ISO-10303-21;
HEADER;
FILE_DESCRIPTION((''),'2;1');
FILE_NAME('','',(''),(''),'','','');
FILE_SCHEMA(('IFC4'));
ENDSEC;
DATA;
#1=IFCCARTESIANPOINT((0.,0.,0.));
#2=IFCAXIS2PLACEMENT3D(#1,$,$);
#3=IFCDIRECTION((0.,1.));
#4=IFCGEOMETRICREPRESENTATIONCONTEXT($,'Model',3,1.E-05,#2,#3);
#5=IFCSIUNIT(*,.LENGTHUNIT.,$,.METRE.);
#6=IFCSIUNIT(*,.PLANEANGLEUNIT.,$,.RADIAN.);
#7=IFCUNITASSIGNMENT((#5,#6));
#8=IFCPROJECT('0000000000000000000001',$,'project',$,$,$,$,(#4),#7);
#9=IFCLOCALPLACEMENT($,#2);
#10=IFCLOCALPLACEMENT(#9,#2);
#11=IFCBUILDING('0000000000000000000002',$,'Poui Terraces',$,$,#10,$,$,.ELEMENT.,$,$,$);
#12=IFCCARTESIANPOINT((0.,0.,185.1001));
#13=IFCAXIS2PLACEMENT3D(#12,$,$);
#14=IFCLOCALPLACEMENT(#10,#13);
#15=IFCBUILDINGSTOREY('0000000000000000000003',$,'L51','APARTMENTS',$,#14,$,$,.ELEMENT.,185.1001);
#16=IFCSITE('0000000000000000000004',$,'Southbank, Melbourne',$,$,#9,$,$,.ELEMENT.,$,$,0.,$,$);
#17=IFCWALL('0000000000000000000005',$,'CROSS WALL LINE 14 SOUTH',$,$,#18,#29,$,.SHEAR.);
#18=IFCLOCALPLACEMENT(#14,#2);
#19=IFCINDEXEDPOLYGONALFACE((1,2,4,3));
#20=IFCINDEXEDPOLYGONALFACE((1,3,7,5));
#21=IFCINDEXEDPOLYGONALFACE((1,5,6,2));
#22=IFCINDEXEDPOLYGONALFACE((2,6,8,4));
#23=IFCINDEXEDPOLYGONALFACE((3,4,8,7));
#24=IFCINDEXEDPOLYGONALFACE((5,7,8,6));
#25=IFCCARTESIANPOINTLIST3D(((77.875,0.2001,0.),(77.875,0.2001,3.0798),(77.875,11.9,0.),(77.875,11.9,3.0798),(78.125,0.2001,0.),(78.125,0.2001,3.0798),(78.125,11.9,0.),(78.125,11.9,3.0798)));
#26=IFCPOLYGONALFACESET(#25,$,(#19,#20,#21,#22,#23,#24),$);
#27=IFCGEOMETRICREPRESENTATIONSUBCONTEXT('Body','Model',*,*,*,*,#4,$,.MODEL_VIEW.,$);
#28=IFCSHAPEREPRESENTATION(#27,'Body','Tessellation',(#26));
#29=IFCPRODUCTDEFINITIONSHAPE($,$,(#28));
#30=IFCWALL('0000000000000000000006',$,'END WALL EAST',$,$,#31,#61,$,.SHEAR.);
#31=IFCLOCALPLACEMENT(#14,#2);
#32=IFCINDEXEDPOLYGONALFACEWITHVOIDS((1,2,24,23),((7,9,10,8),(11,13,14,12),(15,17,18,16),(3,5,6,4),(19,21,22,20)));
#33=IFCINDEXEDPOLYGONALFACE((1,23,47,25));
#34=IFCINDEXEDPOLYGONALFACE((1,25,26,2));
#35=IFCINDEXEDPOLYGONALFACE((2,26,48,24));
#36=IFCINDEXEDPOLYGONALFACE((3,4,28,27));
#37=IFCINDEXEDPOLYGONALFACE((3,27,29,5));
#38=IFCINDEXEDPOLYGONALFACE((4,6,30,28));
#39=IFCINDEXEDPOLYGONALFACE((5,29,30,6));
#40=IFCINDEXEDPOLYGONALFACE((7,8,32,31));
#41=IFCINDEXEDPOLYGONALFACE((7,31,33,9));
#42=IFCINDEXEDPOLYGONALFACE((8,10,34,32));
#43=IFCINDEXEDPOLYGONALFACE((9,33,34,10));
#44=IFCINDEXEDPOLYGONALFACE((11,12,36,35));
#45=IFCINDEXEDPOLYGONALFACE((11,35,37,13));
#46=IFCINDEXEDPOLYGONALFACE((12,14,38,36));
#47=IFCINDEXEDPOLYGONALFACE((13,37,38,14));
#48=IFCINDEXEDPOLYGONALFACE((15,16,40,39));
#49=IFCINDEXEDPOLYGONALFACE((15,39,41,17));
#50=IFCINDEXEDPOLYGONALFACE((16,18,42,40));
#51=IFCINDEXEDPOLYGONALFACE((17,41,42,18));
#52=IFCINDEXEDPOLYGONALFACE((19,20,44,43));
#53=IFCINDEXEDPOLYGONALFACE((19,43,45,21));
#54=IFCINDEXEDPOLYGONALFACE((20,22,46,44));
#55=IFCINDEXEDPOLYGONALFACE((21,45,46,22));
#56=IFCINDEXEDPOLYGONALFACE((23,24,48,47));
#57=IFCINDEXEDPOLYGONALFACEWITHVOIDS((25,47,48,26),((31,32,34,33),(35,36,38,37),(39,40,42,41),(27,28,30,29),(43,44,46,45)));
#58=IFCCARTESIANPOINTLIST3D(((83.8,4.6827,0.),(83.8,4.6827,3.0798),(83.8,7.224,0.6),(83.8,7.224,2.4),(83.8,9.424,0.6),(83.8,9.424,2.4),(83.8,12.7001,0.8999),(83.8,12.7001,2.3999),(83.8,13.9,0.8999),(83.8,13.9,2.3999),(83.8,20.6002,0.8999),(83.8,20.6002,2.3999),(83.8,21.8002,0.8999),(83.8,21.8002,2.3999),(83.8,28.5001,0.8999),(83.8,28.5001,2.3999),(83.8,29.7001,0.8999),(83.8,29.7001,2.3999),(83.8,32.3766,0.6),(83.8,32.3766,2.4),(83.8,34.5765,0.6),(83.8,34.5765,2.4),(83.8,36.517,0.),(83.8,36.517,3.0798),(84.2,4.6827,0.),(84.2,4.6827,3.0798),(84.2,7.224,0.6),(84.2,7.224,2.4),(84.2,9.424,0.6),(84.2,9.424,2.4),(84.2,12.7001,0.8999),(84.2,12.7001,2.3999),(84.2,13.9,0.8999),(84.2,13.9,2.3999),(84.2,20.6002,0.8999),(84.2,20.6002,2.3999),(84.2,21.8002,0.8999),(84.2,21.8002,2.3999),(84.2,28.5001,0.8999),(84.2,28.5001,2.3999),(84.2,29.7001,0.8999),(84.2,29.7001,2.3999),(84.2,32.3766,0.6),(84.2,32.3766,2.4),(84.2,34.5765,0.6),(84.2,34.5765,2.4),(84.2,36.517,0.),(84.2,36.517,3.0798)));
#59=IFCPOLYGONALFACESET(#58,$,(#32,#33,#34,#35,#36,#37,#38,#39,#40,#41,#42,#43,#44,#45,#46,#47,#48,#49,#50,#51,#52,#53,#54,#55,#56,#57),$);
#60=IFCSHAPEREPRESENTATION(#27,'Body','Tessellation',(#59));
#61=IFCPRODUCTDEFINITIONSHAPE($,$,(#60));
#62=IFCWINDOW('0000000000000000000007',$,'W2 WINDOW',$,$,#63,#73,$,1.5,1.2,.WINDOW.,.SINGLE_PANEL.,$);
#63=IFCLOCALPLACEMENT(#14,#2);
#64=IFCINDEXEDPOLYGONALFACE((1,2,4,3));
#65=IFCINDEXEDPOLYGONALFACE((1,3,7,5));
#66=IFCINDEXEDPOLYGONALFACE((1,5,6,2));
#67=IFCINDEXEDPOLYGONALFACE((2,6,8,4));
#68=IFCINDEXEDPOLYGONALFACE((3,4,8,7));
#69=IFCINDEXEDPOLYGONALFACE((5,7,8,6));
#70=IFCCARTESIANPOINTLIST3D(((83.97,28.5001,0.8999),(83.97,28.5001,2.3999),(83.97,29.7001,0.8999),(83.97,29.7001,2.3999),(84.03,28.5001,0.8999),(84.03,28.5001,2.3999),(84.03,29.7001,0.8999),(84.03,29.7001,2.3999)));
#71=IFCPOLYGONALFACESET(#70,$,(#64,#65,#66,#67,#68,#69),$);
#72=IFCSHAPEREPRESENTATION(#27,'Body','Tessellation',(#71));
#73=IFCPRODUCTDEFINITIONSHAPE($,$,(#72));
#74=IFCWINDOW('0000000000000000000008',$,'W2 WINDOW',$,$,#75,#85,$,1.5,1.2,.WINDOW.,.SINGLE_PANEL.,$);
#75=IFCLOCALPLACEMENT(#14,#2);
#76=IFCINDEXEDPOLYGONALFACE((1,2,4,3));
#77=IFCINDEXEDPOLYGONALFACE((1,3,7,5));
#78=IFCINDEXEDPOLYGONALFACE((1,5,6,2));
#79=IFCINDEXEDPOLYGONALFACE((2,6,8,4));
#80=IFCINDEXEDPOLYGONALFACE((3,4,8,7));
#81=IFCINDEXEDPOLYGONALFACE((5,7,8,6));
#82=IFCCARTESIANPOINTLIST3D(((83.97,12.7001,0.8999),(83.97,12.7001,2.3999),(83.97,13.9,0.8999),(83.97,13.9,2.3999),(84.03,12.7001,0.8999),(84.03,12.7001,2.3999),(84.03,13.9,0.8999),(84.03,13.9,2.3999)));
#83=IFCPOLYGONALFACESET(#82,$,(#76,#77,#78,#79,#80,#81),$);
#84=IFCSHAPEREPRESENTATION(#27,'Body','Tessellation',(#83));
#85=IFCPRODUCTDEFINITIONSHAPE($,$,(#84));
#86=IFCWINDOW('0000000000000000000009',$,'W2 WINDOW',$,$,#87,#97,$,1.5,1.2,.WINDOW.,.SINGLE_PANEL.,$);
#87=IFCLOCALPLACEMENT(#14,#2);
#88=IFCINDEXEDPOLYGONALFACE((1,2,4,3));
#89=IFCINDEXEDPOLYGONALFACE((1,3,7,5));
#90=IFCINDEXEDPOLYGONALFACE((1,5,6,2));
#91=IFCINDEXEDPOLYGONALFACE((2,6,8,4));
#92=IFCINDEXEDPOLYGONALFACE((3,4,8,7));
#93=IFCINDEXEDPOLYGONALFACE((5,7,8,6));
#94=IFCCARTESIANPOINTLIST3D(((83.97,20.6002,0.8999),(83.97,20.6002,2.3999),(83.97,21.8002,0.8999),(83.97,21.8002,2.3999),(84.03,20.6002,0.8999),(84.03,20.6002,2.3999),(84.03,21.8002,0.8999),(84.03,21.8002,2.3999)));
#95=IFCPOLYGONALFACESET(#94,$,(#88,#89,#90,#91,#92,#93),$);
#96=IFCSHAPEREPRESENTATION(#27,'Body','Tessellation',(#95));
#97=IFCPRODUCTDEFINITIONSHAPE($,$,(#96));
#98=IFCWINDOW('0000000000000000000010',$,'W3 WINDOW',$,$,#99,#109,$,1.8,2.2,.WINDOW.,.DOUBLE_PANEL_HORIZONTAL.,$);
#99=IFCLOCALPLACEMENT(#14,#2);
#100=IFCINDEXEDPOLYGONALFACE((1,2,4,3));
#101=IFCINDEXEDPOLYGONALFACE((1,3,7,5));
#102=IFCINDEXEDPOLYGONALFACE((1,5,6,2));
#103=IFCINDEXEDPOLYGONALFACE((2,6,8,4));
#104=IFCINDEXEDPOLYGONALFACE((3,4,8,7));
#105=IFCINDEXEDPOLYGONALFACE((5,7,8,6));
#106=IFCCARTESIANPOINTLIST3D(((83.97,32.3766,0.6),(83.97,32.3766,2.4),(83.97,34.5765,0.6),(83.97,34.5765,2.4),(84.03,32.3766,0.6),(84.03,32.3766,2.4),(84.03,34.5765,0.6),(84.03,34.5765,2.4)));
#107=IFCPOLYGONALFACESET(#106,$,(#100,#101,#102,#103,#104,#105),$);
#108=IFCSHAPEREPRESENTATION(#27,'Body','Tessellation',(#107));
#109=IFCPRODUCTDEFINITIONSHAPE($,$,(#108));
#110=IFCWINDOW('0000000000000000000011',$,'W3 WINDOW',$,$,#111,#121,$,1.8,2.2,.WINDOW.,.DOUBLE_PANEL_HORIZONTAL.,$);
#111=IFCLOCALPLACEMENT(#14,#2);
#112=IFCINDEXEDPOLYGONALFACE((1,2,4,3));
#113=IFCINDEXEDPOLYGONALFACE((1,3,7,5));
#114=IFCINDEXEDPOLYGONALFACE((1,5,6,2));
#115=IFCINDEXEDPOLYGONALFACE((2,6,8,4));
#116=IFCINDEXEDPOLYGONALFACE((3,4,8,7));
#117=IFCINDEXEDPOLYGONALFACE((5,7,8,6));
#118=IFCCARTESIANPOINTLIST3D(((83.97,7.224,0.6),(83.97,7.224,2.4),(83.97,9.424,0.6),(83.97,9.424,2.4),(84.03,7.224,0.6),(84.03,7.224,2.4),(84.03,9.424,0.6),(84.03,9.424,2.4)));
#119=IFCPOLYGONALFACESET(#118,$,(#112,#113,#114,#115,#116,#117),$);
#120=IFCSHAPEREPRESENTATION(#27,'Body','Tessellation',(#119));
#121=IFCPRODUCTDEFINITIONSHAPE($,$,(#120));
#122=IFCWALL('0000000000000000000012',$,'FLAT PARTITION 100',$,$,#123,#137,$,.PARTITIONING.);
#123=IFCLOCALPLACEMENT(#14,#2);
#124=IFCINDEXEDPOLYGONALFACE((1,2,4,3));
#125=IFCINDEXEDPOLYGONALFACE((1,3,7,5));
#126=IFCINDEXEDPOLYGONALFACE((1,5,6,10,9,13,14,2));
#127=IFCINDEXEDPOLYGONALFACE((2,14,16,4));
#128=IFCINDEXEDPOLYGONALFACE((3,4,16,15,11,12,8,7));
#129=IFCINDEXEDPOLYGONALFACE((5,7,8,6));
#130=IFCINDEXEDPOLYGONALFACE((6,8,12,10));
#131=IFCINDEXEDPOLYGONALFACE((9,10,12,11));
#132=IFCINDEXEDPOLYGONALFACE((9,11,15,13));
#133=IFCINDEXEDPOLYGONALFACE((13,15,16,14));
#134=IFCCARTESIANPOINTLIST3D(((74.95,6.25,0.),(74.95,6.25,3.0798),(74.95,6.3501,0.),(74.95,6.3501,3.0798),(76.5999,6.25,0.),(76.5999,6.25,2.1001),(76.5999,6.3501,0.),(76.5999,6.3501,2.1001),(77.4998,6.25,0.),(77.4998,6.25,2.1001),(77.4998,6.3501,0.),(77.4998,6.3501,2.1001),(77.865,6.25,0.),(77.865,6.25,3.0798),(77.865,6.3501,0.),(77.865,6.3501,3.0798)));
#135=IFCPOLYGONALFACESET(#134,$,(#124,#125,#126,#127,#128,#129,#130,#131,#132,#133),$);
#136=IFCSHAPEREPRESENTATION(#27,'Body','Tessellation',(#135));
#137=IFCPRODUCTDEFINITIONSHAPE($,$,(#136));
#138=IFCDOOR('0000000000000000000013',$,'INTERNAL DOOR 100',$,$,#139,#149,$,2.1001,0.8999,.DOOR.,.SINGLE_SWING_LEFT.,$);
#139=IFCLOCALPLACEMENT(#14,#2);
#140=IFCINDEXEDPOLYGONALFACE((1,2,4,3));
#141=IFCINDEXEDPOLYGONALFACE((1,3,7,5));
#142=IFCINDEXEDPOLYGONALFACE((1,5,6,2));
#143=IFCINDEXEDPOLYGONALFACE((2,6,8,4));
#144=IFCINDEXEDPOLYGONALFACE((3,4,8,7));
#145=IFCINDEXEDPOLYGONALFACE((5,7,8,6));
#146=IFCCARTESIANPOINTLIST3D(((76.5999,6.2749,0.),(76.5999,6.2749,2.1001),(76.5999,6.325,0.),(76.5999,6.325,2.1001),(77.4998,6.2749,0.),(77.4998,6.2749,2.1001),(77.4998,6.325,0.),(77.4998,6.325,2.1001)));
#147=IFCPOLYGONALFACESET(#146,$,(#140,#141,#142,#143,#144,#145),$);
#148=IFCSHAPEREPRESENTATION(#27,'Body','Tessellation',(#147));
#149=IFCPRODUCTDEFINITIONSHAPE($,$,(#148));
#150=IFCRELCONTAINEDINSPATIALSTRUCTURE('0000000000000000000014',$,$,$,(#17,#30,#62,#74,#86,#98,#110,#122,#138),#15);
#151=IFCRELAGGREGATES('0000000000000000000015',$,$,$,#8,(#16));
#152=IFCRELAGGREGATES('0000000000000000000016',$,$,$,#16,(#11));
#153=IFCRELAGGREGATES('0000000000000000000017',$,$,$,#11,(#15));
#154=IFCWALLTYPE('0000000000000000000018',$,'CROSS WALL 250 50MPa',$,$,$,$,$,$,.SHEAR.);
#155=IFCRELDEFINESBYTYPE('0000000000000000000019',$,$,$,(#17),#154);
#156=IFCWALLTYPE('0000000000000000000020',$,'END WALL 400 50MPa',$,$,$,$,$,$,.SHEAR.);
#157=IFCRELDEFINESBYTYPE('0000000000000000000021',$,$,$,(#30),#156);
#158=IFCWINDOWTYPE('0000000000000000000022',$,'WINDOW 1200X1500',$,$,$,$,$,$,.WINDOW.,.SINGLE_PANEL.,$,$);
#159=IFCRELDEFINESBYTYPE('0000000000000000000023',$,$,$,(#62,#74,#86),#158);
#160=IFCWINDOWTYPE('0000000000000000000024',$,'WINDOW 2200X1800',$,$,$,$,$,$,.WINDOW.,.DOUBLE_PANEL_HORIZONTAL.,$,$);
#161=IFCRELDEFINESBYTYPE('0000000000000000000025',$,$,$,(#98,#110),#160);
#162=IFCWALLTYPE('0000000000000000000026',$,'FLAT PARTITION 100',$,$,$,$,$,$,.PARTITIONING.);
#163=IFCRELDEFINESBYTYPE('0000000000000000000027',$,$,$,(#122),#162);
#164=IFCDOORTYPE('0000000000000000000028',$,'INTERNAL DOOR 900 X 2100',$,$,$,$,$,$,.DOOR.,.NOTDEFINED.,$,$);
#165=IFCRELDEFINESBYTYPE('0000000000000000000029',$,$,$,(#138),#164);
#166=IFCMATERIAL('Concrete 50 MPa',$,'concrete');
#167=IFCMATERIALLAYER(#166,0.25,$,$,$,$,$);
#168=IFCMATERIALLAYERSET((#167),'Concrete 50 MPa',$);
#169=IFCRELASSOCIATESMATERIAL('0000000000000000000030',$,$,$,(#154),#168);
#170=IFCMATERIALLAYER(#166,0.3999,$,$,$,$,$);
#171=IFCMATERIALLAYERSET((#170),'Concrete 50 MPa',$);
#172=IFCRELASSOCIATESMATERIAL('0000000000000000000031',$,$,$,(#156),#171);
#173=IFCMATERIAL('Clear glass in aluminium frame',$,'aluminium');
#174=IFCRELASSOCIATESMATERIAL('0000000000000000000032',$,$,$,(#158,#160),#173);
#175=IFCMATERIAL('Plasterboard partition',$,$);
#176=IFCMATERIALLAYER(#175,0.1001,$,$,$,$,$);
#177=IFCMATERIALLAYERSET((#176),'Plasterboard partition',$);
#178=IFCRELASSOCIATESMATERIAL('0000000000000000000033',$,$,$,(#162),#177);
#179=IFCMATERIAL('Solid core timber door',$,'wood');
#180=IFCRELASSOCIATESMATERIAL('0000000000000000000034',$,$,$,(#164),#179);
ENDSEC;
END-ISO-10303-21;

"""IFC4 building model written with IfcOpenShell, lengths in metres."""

from ifc_helpers import new_model, si_unit, direction, frame, frame_2d, origin, place, context, subcontext, project, spatial, rectangle, extrude, material, layer, layer_set, type_object, element, fill, save


model = new_model("IFC4")

# Units and contexts
model_context = context("Model", 3, precision=1e-05, world=origin(), true_north=direction((0.0, 1.0)))
body_context = subcontext(model_context, "Body", "Model", "MODEL_VIEW")
ifc_project = project(units=[si_unit("LENGTHUNIT", "METRE"), si_unit("PLANEANGLEUNIT", "RADIAN")], contexts=[model_context])

# Site, building, storey
site_placement = place(None, origin())
site = spatial("IfcSite", under=ifc_project, at=site_placement, Name="Southbank, Melbourne", CompositionType="ELEMENT", RefElevation=0.0)
building_placement = place(site_placement, origin())
building = spatial("IfcBuilding", under=site, at=building_placement, Name="Poui Terraces", CompositionType="ELEMENT")
storey_placement = place(building_placement, frame((0.0, 0.0, 185.1001)))
storey = spatial("IfcBuildingStorey", under=building, at=storey_placement, Name="L51", Description="APARTMENTS", CompositionType="ELEMENT", Elevation=185.1001)

# Wall
ifc_material_1 = material(Name="Concrete 50 MPa", Category="concrete")
ifc_layer_1 = layer(ifc_material_1, 0.25)
ifc_layer_set_1 = layer_set([ifc_layer_1], Name="Concrete 50 MPa")
wall_type_1 = type_object("IfcWallType", Name="CROSS WALL 250 50MPa", PredefinedType="SHEAR", material=ifc_layer_set_1)
wall_1_placement = place(storey_placement, frame((78.0, 0.2, 0.0), z_axis=(0.0, 0.0, 1.0), x_axis=(0.0, 1.0, 0.0)))
element("IfcWall", 1, at=wall_1_placement, inside=storey, type_object=wall_type_1, Name="CROSS WALL LINE 14 SOUTH", PredefinedType="SHEAR", context=body_context, shape_type="SweptSolid", body=[
    extrude(rectangle(XDim=11.7, YDim=0.25, at=frame_2d((5.8501, 0.0))), origin(), (0.0, 0.0, 1.0), 3.0798),
])

# Wall, openings, windows
ifc_layer_2 = layer(ifc_material_1, 0.3999)
ifc_layer_set_2 = layer_set([ifc_layer_2], Name="Concrete 50 MPa")
wall_type_2 = type_object("IfcWallType", Name="END WALL 400 50MPa", PredefinedType="SHEAR", material=ifc_layer_set_2)
wall_2_placement = place(storey_placement, frame((84.0, 4.6829, 0.0), z_axis=(0.0, 0.0, 1.0), x_axis=(0.0, 1.0, 0.0)))
wall_2 = element("IfcWall", 2, at=wall_2_placement, inside=storey, type_object=wall_type_2, Name="END WALL EAST", PredefinedType="SHEAR", context=body_context, shape_type="SweptSolid", body=[
    extrude(rectangle(XDim=31.8342, YDim=0.3999, at=frame_2d((15.917, 0.0))), origin(), (0.0, 0.0, 1.0), 3.0798),
])
opening_1_placement = place(wall_2_placement, frame((23.8171, 0.0, 0.8999)))
opening_1 = element("IfcOpeningElement", 3, at=opening_1_placement, cuts=wall_2, PredefinedType="OPENING", context=body_context, shape_type="SweptSolid", body=[
    extrude(rectangle(XDim=1.2, YDim=1.5, at=frame_2d((0.6001, 0.75))), frame((0.0, 0.21, 0.0), z_axis=(0.0, -1.0, 0.0), x_axis=(1.0, 0.0, 0.0)), (0.0, 0.0, 1.0), 0.4199),
])
opening_2_placement = place(wall_2_placement, frame((8.0171, 0.0, 0.8999)))
opening_2 = element("IfcOpeningElement", 4, at=opening_2_placement, cuts=wall_2, PredefinedType="OPENING", context=body_context, shape_type="SweptSolid", body=[
    extrude(rectangle(XDim=1.2, YDim=1.5, at=frame_2d((0.6001, 0.75))), frame((0.0, 0.21, 0.0), z_axis=(0.0, -1.0, 0.0), x_axis=(1.0, 0.0, 0.0)), (0.0, 0.0, 1.0), 0.4199),
])
opening_3_placement = place(wall_2_placement, frame((27.6936, 0.0, 0.6001)))
opening_3 = element("IfcOpeningElement", 5, at=opening_3_placement, cuts=wall_2, PredefinedType="OPENING", context=body_context, shape_type="SweptSolid", body=[
    extrude(rectangle(XDim=2.2, YDim=1.8, at=frame_2d((1.1001, 0.8999))), frame((0.0, 0.21, 0.0), z_axis=(0.0, -1.0, 0.0), x_axis=(1.0, 0.0, 0.0)), (0.0, 0.0, 1.0), 0.4199),
])
opening_4_placement = place(wall_2_placement, frame((2.541, 0.0, 0.6001)))
opening_4 = element("IfcOpeningElement", 6, at=opening_4_placement, cuts=wall_2, PredefinedType="OPENING", context=body_context, shape_type="SweptSolid", body=[
    extrude(rectangle(XDim=2.2, YDim=1.8, at=frame_2d((1.1001, 0.8999))), frame((0.0, 0.21, 0.0), z_axis=(0.0, -1.0, 0.0), x_axis=(1.0, 0.0, 0.0)), (0.0, 0.0, 1.0), 0.4199),
])
opening_5_placement = place(wall_2_placement, frame((15.9172, 0.0, 0.8999)))
opening_5 = element("IfcOpeningElement", 7, at=opening_5_placement, cuts=wall_2, PredefinedType="OPENING", context=body_context, shape_type="SweptSolid", body=[
    extrude(rectangle(XDim=1.2, YDim=1.5, at=frame_2d((0.6001, 0.75))), frame((0.0, 0.21, 0.0), z_axis=(0.0, -1.0, 0.0), x_axis=(1.0, 0.0, 0.0)), (0.0, 0.0, 1.0), 0.4199),
])
ifc_material_2 = material(Name="Clear glass in aluminium frame", Category="aluminium")
window_type_1 = type_object("IfcWindowType", Name="WINDOW 1200X1500", PartitioningType="SINGLE_PANEL", PredefinedType="WINDOW", material=ifc_material_2)
window_1_placement = place(opening_1_placement, origin())
window_1 = element("IfcWindow", 8, at=window_1_placement, inside=storey, type_object=window_type_1, Name="W2 WINDOW", OverallHeight=1.5, OverallWidth=1.2, PartitioningType="SINGLE_PANEL", PredefinedType="WINDOW", context=body_context, shape_type="SweptSolid", body=[
    extrude(rectangle(XDim=1.2, YDim=1.5, at=frame_2d((0.6001, 0.75))), frame((0.0, 0.03, 0.0), z_axis=(0.0, -1.0, 0.0), x_axis=(1.0, 0.0, 0.0)), (0.0, 0.0, 1.0), 0.0601),
])
fill(opening_1, window_1)
window_2_placement = place(opening_2_placement, origin())
window_2 = element("IfcWindow", 9, at=window_2_placement, inside=storey, type_object=window_type_1, Name="W2 WINDOW", OverallHeight=1.5, OverallWidth=1.2, PartitioningType="SINGLE_PANEL", PredefinedType="WINDOW", context=body_context, shape_type="SweptSolid", body=[
    extrude(rectangle(XDim=1.2, YDim=1.5, at=frame_2d((0.6001, 0.75))), frame((0.0, 0.03, 0.0), z_axis=(0.0, -1.0, 0.0), x_axis=(1.0, 0.0, 0.0)), (0.0, 0.0, 1.0), 0.0601),
])
fill(opening_2, window_2)
window_3_placement = place(opening_5_placement, origin())
window_3 = element("IfcWindow", 10, at=window_3_placement, inside=storey, type_object=window_type_1, Name="W2 WINDOW", OverallHeight=1.5, OverallWidth=1.2, PartitioningType="SINGLE_PANEL", PredefinedType="WINDOW", context=body_context, shape_type="SweptSolid", body=[
    extrude(rectangle(XDim=1.2, YDim=1.5, at=frame_2d((0.6001, 0.75))), frame((0.0, 0.03, 0.0), z_axis=(0.0, -1.0, 0.0), x_axis=(1.0, 0.0, 0.0)), (0.0, 0.0, 1.0), 0.0601),
])
fill(opening_5, window_3)
window_type_2 = type_object("IfcWindowType", Name="WINDOW 2200X1800", PartitioningType="DOUBLE_PANEL_HORIZONTAL", PredefinedType="WINDOW", material=ifc_material_2)
window_4_placement = place(opening_3_placement, origin())
window_4 = element("IfcWindow", 11, at=window_4_placement, inside=storey, type_object=window_type_2, Name="W3 WINDOW", OverallHeight=1.8, OverallWidth=2.2, PartitioningType="DOUBLE_PANEL_HORIZONTAL", PredefinedType="WINDOW", context=body_context, shape_type="SweptSolid", body=[
    extrude(rectangle(XDim=2.2, YDim=1.8, at=frame_2d((1.1001, 0.8999))), frame((0.0, 0.03, 0.0), z_axis=(0.0, -1.0, 0.0), x_axis=(1.0, 0.0, 0.0)), (0.0, 0.0, 1.0), 0.0601),
])
fill(opening_3, window_4)
window_5_placement = place(opening_4_placement, origin())
window_5 = element("IfcWindow", 12, at=window_5_placement, inside=storey, type_object=window_type_2, Name="W3 WINDOW", OverallHeight=1.8, OverallWidth=2.2, PartitioningType="DOUBLE_PANEL_HORIZONTAL", PredefinedType="WINDOW", context=body_context, shape_type="SweptSolid", body=[
    extrude(rectangle(XDim=2.2, YDim=1.8, at=frame_2d((1.1001, 0.8999))), frame((0.0, 0.03, 0.0), z_axis=(0.0, -1.0, 0.0), x_axis=(1.0, 0.0, 0.0)), (0.0, 0.0, 1.0), 0.0601),
])
fill(opening_4, window_5)

# Wall, opening, door
ifc_material_3 = material(Name="Plasterboard partition")
ifc_layer_3 = layer(ifc_material_3, 0.1001)
ifc_layer_set_3 = layer_set([ifc_layer_3], Name="Plasterboard partition")
wall_type_3 = type_object("IfcWallType", Name="FLAT PARTITION 100", PredefinedType="PARTITIONING", material=ifc_layer_set_3)
wall_3_placement = place(storey_placement, frame((74.95, 6.3, 0.0), z_axis=(0.0, 0.0, 1.0), x_axis=(1.0, 0.0, 0.0)))
wall_3 = element("IfcWall", 13, at=wall_3_placement, inside=storey, type_object=wall_type_3, Name="FLAT PARTITION 100", PredefinedType="PARTITIONING", context=body_context, shape_type="SweptSolid", body=[
    extrude(rectangle(XDim=2.915, YDim=0.1001, at=frame_2d((1.4575, 0.0))), origin(), (0.0, 0.0, 1.0), 3.0798),
])
opening_6_placement = place(wall_3_placement, frame((1.6499, 0.0, 0.0)))
opening_6 = element("IfcOpeningElement", 14, at=opening_6_placement, cuts=wall_3, PredefinedType="OPENING", context=body_context, shape_type="SweptSolid", body=[
    extrude(rectangle(XDim=0.8999, YDim=2.1001, at=frame_2d((0.45, 1.05))), frame((0.0, 0.0601, 0.0), z_axis=(0.0, -1.0, 0.0), x_axis=(1.0, 0.0, 0.0)), (0.0, 0.0, 1.0), 0.1201),
])
ifc_material_4 = material(Name="Solid core timber door", Category="wood")
door_type_1 = type_object("IfcDoorType", Name="INTERNAL DOOR 900 X 2100", OperationType="NOTDEFINED", PredefinedType="DOOR", material=ifc_material_4)
door_1_placement = place(opening_6_placement, origin())
door_1 = element("IfcDoor", 15, at=door_1_placement, inside=storey, type_object=door_type_1, Name="INTERNAL DOOR 100", OperationType="SINGLE_SWING_LEFT", OverallHeight=2.1001, OverallWidth=0.8999, PredefinedType="DOOR", context=body_context, shape_type="SweptSolid", body=[
    extrude(rectangle(XDim=0.8999, YDim=2.1001, at=frame_2d((0.45, 1.05))), frame((0.0, 0.0249, 0.0), z_axis=(0.0, -1.0, 0.0), x_axis=(1.0, 0.0, 0.0)), (0.0, 0.0, 1.0), 0.05),
])
fill(opening_6, door_1)

save(model, "model.ifc")
